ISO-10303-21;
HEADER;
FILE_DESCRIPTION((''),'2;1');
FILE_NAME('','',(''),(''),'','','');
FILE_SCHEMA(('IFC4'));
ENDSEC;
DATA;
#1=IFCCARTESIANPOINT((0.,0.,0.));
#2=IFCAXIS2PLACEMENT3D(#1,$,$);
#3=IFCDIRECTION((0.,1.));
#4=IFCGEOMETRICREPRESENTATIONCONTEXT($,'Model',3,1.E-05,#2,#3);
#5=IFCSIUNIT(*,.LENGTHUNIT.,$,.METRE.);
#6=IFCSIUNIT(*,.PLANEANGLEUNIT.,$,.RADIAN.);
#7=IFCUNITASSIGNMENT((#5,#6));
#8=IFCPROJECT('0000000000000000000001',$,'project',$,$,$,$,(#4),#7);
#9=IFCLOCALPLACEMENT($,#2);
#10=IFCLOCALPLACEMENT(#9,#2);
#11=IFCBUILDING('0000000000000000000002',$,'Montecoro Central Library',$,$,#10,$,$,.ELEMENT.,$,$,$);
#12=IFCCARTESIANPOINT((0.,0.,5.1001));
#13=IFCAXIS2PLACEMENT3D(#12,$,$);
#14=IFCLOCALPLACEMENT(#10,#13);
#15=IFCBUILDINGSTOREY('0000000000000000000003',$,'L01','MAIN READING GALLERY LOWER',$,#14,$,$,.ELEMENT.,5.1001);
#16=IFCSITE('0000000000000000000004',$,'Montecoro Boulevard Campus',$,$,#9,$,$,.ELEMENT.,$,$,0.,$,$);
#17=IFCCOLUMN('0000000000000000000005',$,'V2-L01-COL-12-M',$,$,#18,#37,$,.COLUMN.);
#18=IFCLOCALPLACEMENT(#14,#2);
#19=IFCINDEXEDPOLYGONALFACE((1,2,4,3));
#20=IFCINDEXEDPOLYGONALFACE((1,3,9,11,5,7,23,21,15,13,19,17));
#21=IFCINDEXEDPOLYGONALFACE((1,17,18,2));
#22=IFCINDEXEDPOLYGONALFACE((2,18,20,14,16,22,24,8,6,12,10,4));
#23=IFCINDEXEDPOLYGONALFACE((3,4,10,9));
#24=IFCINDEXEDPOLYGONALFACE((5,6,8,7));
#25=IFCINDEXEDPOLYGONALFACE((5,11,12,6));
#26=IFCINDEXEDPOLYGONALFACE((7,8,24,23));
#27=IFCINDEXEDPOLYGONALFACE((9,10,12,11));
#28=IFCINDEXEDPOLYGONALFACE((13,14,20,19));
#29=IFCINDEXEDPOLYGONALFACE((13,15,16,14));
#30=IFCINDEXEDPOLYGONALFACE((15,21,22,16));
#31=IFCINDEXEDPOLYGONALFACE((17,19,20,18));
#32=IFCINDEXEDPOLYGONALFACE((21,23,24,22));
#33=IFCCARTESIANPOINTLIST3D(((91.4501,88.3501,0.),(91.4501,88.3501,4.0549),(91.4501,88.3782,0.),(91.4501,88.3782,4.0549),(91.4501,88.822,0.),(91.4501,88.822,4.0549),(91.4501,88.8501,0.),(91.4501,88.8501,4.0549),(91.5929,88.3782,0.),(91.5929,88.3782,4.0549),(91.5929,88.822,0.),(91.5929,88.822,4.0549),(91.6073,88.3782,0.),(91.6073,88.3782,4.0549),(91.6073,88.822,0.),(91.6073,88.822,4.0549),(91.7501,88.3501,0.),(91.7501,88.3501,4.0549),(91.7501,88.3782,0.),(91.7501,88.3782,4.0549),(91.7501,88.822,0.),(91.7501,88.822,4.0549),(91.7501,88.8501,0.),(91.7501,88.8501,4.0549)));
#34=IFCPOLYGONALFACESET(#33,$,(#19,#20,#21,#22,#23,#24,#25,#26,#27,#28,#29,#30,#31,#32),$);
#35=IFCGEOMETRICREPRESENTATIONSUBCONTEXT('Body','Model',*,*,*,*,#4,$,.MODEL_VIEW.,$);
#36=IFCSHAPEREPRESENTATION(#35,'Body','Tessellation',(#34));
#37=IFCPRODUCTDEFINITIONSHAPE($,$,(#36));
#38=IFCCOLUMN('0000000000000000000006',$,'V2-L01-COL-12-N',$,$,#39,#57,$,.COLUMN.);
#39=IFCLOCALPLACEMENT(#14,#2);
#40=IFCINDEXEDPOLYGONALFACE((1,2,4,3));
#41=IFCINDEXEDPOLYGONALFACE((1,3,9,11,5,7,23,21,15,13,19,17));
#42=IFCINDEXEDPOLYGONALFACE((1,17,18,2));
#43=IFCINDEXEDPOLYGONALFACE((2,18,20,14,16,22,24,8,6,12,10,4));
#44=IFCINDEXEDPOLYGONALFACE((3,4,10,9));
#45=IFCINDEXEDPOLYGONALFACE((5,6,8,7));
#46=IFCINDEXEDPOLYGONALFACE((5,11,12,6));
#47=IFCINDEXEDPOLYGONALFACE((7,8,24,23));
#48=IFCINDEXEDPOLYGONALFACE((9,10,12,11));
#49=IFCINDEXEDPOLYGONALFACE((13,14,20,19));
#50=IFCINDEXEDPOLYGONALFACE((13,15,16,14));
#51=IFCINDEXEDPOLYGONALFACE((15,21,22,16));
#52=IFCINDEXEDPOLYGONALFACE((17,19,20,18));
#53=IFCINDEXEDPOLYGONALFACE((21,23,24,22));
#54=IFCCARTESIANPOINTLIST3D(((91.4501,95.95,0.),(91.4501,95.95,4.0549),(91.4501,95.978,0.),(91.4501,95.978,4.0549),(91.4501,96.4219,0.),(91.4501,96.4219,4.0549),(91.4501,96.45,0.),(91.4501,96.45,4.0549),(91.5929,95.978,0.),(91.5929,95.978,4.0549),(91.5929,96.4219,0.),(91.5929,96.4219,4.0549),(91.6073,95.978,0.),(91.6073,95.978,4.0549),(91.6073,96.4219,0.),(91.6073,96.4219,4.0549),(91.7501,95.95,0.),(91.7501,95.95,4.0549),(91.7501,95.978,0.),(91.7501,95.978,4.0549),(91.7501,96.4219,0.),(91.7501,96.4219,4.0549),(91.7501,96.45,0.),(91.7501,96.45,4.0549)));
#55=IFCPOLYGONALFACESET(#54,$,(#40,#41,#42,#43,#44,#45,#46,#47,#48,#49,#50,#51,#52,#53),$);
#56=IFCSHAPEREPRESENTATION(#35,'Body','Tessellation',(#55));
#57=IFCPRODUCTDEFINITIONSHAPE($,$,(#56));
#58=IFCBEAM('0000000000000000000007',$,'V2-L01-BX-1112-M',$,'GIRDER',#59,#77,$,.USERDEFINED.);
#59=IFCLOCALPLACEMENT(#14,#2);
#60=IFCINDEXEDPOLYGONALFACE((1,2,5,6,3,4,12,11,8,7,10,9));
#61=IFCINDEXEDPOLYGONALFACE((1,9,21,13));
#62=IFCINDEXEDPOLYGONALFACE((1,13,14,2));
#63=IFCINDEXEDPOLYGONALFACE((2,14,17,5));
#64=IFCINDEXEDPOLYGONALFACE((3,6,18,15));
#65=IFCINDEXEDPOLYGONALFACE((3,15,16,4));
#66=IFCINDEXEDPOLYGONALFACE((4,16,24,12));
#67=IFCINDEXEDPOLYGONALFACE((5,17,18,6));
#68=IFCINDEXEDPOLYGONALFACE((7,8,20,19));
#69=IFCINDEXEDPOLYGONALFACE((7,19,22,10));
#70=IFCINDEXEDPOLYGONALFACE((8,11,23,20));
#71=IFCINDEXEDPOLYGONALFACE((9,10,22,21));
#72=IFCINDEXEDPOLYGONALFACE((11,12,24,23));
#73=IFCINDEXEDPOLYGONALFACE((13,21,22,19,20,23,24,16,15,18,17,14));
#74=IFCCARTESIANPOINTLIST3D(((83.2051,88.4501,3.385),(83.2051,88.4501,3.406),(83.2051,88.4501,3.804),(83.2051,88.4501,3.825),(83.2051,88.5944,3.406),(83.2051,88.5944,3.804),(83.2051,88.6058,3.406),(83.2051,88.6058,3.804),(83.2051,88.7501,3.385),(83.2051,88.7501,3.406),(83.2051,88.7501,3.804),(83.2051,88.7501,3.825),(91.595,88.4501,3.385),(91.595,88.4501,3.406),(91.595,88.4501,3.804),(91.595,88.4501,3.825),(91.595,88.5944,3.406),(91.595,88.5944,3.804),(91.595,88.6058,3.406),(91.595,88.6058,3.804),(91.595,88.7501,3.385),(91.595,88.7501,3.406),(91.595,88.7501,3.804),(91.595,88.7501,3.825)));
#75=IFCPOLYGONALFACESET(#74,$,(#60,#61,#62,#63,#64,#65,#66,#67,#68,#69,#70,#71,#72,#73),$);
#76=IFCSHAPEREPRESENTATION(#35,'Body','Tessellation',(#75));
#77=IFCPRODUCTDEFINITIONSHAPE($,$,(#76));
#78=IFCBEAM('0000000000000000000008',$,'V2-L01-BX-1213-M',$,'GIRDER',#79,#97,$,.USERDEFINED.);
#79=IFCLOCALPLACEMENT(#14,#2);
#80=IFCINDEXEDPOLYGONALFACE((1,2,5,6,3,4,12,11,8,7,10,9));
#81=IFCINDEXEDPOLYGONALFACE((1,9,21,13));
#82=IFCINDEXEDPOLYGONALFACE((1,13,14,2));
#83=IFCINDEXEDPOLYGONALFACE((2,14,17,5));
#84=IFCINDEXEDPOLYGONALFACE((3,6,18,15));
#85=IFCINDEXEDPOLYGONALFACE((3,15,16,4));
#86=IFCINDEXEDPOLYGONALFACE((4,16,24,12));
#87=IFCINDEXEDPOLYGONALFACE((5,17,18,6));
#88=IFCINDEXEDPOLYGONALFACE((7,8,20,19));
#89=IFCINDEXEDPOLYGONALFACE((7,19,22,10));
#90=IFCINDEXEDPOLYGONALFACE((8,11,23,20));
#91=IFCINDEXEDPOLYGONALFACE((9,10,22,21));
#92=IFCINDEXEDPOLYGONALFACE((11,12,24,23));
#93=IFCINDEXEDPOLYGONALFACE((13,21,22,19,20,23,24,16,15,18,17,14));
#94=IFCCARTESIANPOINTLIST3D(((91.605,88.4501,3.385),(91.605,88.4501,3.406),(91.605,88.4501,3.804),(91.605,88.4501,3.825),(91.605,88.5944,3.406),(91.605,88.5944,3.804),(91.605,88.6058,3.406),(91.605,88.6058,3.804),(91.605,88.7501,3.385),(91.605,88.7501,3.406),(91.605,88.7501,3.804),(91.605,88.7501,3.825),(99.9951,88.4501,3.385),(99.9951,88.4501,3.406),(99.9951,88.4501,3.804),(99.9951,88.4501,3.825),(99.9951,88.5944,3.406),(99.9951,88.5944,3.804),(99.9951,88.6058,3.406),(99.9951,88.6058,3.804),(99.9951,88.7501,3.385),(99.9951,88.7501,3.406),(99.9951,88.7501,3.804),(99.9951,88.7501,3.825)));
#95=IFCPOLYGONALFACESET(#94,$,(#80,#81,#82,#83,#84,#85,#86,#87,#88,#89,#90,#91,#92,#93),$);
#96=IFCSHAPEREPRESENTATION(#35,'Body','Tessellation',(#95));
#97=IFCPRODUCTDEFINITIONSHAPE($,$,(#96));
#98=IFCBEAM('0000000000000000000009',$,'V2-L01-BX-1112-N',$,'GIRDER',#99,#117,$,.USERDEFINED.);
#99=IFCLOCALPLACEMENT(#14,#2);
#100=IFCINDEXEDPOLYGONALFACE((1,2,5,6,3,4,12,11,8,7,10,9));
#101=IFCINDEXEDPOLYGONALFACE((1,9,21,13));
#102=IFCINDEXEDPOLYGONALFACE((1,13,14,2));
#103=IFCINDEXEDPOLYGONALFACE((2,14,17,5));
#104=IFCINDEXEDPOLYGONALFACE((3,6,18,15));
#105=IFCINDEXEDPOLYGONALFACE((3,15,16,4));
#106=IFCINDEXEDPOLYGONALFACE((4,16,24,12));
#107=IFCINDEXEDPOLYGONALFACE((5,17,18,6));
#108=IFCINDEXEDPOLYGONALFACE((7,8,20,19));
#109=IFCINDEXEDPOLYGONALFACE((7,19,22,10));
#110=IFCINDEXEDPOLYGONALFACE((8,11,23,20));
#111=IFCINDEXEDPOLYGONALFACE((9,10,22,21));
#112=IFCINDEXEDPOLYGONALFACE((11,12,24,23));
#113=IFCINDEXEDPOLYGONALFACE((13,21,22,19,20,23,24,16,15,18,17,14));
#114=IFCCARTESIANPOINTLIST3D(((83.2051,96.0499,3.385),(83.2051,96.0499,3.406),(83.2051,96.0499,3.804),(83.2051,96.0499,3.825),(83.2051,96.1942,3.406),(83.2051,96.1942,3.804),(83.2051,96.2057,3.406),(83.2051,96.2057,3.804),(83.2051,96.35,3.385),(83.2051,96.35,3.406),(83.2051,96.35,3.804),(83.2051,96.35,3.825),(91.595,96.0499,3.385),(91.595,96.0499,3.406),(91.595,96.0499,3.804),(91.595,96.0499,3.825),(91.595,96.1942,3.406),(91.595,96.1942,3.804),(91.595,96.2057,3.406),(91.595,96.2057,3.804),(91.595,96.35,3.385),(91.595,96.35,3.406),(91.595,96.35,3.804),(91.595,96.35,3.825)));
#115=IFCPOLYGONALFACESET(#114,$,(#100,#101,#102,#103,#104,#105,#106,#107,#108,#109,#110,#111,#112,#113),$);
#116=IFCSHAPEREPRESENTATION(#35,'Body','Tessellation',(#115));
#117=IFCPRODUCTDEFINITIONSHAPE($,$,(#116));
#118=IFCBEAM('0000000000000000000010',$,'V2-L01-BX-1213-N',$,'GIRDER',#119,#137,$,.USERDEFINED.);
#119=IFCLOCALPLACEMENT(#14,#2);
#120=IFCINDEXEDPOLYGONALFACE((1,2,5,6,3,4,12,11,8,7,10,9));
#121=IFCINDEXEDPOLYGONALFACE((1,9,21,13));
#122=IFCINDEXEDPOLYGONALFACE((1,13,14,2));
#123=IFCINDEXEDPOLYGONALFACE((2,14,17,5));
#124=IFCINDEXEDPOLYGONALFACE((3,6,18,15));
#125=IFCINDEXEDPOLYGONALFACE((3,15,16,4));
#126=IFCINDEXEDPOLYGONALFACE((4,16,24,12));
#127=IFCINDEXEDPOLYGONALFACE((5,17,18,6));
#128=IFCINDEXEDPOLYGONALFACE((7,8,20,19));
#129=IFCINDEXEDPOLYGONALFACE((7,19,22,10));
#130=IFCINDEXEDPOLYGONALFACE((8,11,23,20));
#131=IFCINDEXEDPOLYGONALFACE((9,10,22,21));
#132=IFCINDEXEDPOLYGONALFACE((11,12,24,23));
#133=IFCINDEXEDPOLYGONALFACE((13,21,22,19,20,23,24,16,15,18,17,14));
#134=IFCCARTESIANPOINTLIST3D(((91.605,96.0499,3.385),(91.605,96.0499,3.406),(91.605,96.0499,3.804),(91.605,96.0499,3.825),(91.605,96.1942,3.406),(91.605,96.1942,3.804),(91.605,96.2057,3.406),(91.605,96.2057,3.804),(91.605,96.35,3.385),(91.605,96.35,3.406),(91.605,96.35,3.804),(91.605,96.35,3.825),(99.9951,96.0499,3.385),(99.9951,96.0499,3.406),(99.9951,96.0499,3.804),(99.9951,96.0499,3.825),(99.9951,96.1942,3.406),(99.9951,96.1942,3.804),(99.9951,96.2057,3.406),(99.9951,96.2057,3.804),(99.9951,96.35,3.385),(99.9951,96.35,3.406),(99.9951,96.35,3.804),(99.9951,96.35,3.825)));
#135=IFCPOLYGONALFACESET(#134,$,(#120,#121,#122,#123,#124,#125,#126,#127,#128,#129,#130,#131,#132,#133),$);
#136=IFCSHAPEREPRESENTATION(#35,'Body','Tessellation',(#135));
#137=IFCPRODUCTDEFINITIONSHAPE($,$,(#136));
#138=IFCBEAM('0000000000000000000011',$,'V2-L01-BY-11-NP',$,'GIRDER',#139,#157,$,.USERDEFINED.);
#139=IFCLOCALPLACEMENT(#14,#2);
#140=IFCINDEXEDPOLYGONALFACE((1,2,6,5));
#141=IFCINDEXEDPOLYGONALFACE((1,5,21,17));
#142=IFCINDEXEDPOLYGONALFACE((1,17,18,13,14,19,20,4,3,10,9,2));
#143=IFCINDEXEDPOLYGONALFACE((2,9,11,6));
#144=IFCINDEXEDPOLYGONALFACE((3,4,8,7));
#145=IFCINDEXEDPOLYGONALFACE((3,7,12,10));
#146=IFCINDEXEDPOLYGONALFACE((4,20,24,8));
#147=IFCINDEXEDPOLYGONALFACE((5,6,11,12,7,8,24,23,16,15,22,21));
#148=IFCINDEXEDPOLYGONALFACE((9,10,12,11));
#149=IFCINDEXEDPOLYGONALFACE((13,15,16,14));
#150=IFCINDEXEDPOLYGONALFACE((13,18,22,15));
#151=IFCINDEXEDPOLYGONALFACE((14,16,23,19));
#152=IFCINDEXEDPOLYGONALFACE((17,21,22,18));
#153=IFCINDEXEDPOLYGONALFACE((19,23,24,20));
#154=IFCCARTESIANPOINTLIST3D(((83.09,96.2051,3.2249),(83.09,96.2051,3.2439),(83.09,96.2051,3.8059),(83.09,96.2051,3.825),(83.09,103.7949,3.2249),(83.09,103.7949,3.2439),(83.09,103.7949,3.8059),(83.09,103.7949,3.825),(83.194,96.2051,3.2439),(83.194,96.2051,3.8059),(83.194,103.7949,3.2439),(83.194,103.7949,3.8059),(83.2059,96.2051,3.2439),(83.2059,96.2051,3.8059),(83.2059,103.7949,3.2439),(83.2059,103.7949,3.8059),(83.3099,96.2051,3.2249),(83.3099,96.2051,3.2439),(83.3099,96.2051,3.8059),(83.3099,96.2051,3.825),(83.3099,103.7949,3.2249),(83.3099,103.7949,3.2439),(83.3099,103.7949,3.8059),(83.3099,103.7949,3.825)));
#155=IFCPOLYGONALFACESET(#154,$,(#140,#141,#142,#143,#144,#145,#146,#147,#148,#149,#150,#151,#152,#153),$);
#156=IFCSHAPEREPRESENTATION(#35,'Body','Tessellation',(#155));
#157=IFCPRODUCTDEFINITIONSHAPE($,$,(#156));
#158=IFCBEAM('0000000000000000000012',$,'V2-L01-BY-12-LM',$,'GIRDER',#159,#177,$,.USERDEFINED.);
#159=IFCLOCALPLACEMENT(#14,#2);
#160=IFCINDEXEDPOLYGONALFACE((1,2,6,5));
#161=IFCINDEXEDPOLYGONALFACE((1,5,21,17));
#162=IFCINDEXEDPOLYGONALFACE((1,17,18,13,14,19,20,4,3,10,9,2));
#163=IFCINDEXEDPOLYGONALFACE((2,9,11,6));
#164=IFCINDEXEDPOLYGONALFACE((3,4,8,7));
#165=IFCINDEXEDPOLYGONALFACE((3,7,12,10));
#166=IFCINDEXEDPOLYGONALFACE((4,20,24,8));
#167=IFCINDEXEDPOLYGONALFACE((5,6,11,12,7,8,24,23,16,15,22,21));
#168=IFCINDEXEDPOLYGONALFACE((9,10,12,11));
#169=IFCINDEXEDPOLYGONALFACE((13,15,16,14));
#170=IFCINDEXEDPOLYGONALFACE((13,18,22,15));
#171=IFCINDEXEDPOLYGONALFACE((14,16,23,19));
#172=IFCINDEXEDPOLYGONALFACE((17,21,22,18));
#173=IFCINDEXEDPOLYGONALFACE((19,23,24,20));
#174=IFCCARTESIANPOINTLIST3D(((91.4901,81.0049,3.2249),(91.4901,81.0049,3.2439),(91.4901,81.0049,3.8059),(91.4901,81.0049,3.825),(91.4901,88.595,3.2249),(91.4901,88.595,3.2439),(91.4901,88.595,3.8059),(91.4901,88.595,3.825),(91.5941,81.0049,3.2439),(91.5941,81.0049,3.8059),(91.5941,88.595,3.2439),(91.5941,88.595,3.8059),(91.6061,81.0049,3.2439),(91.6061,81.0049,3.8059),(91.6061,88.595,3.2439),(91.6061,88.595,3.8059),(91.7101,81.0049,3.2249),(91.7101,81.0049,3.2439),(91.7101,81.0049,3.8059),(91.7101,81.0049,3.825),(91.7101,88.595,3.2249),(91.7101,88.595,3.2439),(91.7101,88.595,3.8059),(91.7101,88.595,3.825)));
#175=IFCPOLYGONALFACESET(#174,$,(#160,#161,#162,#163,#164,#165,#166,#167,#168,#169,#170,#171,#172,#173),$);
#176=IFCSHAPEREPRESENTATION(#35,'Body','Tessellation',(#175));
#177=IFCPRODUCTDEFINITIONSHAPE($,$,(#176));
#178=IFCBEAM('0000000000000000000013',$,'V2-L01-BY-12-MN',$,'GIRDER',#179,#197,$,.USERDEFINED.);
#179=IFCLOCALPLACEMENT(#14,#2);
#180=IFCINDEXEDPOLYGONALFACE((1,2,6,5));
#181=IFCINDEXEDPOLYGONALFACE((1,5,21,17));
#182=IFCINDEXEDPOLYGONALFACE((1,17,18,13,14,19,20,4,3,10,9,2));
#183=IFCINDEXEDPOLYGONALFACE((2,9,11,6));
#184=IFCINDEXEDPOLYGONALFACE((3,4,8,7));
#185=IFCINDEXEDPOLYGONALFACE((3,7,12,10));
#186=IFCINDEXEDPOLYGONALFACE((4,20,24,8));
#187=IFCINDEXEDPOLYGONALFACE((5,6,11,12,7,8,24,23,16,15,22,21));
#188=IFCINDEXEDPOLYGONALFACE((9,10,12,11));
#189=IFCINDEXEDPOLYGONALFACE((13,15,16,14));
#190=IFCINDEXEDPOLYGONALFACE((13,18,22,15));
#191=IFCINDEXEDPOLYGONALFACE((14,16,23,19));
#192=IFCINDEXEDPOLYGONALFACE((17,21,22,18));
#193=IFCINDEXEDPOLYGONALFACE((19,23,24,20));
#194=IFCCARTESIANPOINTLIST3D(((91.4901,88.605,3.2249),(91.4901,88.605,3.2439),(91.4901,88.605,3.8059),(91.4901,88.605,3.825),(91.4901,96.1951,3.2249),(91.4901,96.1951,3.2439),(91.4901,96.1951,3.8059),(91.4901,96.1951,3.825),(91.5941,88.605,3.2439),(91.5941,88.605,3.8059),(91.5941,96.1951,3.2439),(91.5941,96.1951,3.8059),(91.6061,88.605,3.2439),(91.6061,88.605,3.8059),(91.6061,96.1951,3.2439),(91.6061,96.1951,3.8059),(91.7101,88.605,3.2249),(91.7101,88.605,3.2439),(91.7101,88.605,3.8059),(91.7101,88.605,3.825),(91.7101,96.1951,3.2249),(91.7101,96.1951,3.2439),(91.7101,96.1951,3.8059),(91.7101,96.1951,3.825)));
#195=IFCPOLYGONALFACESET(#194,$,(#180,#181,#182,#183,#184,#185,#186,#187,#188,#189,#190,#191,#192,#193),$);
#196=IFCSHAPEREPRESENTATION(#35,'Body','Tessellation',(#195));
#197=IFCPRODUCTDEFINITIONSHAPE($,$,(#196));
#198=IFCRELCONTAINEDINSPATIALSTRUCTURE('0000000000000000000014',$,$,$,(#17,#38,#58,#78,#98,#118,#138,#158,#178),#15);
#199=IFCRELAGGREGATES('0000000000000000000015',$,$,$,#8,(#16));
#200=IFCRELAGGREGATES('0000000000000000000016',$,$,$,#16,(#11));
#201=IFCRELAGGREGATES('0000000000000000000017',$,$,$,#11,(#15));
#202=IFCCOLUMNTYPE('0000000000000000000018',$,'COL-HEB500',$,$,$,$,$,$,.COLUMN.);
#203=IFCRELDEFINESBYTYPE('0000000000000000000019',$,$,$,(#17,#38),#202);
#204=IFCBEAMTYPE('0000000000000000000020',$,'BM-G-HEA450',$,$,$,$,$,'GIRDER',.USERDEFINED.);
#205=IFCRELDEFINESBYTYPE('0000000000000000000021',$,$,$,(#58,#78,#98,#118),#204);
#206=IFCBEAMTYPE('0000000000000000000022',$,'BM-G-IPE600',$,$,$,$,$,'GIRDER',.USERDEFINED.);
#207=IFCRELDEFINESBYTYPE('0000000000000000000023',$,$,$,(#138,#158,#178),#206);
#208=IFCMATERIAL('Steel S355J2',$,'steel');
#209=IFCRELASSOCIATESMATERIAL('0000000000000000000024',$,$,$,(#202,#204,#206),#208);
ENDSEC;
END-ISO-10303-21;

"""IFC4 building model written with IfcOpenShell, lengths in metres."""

from ifc_helpers import new_model, si_unit, direction, frame, origin, origin_2d, place, context, subcontext, project, spatial, i_section, extrude, material, material_profile, profile_set, type_object, element, save


model = new_model("IFC4")

# Units and contexts
model_context = context("Model", 3, precision=1e-05, world=origin(), true_north=direction((0.0, 1.0)))
body_context = subcontext(model_context, "Body", "Model", "MODEL_VIEW")
ifc_project = project(units=[si_unit("LENGTHUNIT", "METRE"), si_unit("PLANEANGLEUNIT", "RADIAN")], contexts=[model_context])

# Site, building, storey
site_placement = place(None, origin())
site = spatial("IfcSite", under=ifc_project, at=site_placement, Name="Montecoro Boulevard Campus", CompositionType="ELEMENT", RefElevation=0.0)
building_placement = place(site_placement, origin())
building = spatial("IfcBuilding", under=site, at=building_placement, Name="Montecoro Central Library", CompositionType="ELEMENT")
storey_placement = place(building_placement, frame((0.0, 0.0, 5.1001)))
storey = spatial("IfcBuildingStorey", under=building, at=storey_placement, Name="L01", Description="MAIN READING GALLERY LOWER", CompositionType="ELEMENT", Elevation=5.1001)

# Columns
ifc_material_1 = material(Name="Steel S355J2", Category="steel")
ifc_material_profile_1 = material_profile(ifc_material_1, i_section(OverallWidth=0.3, OverallDepth=0.5, WebThickness=0.0144, FlangeThickness=0.0281, at=origin_2d()), Name="HEB 500")
ifc_profile_set_1 = profile_set([ifc_material_profile_1], Name="Steel S355J2")
column_type = type_object("IfcColumnType", Name="COL-HEB500", PredefinedType="COLUMN", material=ifc_profile_set_1)
for number, where, z_axis, x_axis, name in (
    (1, (91.6001, 88.6001, 0.0), (0.0, 0.0, 1.0), (1.0, 0.0, 0.0), "V2-L01-COL-12-M"),
    (2, (91.6001, 96.2, 0.0), (0.0, 0.0, 1.0), (1.0, 0.0, 0.0), "V2-L01-COL-12-N"),
):
    element("IfcColumn", number, at=place(storey_placement, frame(where, z_axis=z_axis, x_axis=x_axis)), inside=storey, type_object=column_type, Name=name, PredefinedType="COLUMN", context=body_context, shape_type="SweptSolid", body=[
        extrude(i_section(OverallWidth=0.3, OverallDepth=0.5, WebThickness=0.0144, FlangeThickness=0.0281, at=origin_2d()), origin(), (0.0, 0.0, 1.0), 4.0549),
    ])

# Beams
ifc_material_profile_2 = material_profile(ifc_material_1, i_section(OverallWidth=0.3, OverallDepth=0.4399, WebThickness=0.0115, FlangeThickness=0.021, at=origin_2d()), Name="HEA 450")
ifc_profile_set_2 = profile_set([ifc_material_profile_2], Name="Steel S355J2")
beam_type_1 = type_object("IfcBeamType", Name="BM-G-HEA450", ElementType="GIRDER", PredefinedType="USERDEFINED", material=ifc_profile_set_2)
beam_1_placement = place(storey_placement, frame((83.2051, 88.6001, 3.605), z_axis=(1.0, 0.0, 0.0), x_axis=(0.0, 1.0, 0.0)))
element("IfcBeam", 3, at=beam_1_placement, inside=storey, type_object=beam_type_1, Name="V2-L01-BX-1112-M", ObjectType="GIRDER", PredefinedType="USERDEFINED", context=body_context, shape_type="SweptSolid", body=[
    extrude(i_section(OverallWidth=0.3, OverallDepth=0.4399, WebThickness=0.0115, FlangeThickness=0.021, at=origin_2d()), origin(), (0.0, 0.0, 1.0), 8.3899),
])
beam_2_placement = place(storey_placement, frame((91.605, 88.6001, 3.605), z_axis=(1.0, 0.0, 0.0), x_axis=(0.0, 1.0, 0.0)))
element("IfcBeam", 4, at=beam_2_placement, inside=storey, type_object=beam_type_1, Name="V2-L01-BX-1213-M", ObjectType="GIRDER", PredefinedType="USERDEFINED", context=body_context, shape_type="SweptSolid", body=[
    extrude(i_section(OverallWidth=0.3, OverallDepth=0.4399, WebThickness=0.0115, FlangeThickness=0.021, at=origin_2d()), origin(), (0.0, 0.0, 1.0), 8.3901),
])
beam_3_placement = place(storey_placement, frame((83.2051, 96.2, 3.605), z_axis=(1.0, 0.0, 0.0), x_axis=(0.0, 1.0, 0.0)))
element("IfcBeam", 5, at=beam_3_placement, inside=storey, type_object=beam_type_1, Name="V2-L01-BX-1112-N", ObjectType="GIRDER", PredefinedType="USERDEFINED", context=body_context, shape_type="SweptSolid", body=[
    extrude(i_section(OverallWidth=0.3, OverallDepth=0.4399, WebThickness=0.0115, FlangeThickness=0.021, at=origin_2d()), origin(), (0.0, 0.0, 1.0), 8.3899),
])
beam_4_placement = place(storey_placement, frame((91.605, 96.2, 3.605), z_axis=(1.0, 0.0, 0.0), x_axis=(0.0, 1.0, 0.0)))
element("IfcBeam", 6, at=beam_4_placement, inside=storey, type_object=beam_type_1, Name="V2-L01-BX-1213-N", ObjectType="GIRDER", PredefinedType="USERDEFINED", context=body_context, shape_type="SweptSolid", body=[
    extrude(i_section(OverallWidth=0.3, OverallDepth=0.4399, WebThickness=0.0115, FlangeThickness=0.021, at=origin_2d()), origin(), (0.0, 0.0, 1.0), 8.3901),
])
ifc_material_profile_3 = material_profile(ifc_material_1, i_section(OverallWidth=0.22, OverallDepth=0.6001, WebThickness=0.012, FlangeThickness=0.019, at=origin_2d()), Name="IPE 600")
ifc_profile_set_3 = profile_set([ifc_material_profile_3], Name="Steel S355J2")
beam_type_2 = type_object("IfcBeamType", Name="BM-G-IPE600", ElementType="GIRDER", PredefinedType="USERDEFINED", material=ifc_profile_set_3)
beam_5_placement = place(storey_placement, frame((83.2, 96.2051, 3.5249), z_axis=(0.0, 1.0, 0.0), x_axis=(-1.0, 0.0, 0.0)))
element("IfcBeam", 7, at=beam_5_placement, inside=storey, type_object=beam_type_2, Name="V2-L01-BY-11-NP", ObjectType="GIRDER", PredefinedType="USERDEFINED", context=body_context, shape_type="SweptSolid", body=[
    extrude(i_section(OverallWidth=0.22, OverallDepth=0.6001, WebThickness=0.012, FlangeThickness=0.019, at=origin_2d()), origin(), (0.0, 0.0, 1.0), 7.5898),
])
for number, where, z_axis, x_axis, name in (
    (8, (91.6001, 81.0049, 3.5249), (0.0, 1.0, 0.0), (-1.0, 0.0, 0.0), "V2-L01-BY-12-LM"),
    (9, (91.6001, 88.605, 3.5249), (0.0, 1.0, 0.0), (-1.0, 0.0, 0.0), "V2-L01-BY-12-MN"),
):
    element("IfcBeam", number, at=place(storey_placement, frame(where, z_axis=z_axis, x_axis=x_axis)), inside=storey, type_object=beam_type_2, Name=name, ObjectType="GIRDER", PredefinedType="USERDEFINED", context=body_context, shape_type="SweptSolid", body=[
        extrude(i_section(OverallWidth=0.22, OverallDepth=0.6001, WebThickness=0.012, FlangeThickness=0.019, at=origin_2d()), origin(), (0.0, 0.0, 1.0), 7.5901),
    ])

save(model, "model.ifc")
